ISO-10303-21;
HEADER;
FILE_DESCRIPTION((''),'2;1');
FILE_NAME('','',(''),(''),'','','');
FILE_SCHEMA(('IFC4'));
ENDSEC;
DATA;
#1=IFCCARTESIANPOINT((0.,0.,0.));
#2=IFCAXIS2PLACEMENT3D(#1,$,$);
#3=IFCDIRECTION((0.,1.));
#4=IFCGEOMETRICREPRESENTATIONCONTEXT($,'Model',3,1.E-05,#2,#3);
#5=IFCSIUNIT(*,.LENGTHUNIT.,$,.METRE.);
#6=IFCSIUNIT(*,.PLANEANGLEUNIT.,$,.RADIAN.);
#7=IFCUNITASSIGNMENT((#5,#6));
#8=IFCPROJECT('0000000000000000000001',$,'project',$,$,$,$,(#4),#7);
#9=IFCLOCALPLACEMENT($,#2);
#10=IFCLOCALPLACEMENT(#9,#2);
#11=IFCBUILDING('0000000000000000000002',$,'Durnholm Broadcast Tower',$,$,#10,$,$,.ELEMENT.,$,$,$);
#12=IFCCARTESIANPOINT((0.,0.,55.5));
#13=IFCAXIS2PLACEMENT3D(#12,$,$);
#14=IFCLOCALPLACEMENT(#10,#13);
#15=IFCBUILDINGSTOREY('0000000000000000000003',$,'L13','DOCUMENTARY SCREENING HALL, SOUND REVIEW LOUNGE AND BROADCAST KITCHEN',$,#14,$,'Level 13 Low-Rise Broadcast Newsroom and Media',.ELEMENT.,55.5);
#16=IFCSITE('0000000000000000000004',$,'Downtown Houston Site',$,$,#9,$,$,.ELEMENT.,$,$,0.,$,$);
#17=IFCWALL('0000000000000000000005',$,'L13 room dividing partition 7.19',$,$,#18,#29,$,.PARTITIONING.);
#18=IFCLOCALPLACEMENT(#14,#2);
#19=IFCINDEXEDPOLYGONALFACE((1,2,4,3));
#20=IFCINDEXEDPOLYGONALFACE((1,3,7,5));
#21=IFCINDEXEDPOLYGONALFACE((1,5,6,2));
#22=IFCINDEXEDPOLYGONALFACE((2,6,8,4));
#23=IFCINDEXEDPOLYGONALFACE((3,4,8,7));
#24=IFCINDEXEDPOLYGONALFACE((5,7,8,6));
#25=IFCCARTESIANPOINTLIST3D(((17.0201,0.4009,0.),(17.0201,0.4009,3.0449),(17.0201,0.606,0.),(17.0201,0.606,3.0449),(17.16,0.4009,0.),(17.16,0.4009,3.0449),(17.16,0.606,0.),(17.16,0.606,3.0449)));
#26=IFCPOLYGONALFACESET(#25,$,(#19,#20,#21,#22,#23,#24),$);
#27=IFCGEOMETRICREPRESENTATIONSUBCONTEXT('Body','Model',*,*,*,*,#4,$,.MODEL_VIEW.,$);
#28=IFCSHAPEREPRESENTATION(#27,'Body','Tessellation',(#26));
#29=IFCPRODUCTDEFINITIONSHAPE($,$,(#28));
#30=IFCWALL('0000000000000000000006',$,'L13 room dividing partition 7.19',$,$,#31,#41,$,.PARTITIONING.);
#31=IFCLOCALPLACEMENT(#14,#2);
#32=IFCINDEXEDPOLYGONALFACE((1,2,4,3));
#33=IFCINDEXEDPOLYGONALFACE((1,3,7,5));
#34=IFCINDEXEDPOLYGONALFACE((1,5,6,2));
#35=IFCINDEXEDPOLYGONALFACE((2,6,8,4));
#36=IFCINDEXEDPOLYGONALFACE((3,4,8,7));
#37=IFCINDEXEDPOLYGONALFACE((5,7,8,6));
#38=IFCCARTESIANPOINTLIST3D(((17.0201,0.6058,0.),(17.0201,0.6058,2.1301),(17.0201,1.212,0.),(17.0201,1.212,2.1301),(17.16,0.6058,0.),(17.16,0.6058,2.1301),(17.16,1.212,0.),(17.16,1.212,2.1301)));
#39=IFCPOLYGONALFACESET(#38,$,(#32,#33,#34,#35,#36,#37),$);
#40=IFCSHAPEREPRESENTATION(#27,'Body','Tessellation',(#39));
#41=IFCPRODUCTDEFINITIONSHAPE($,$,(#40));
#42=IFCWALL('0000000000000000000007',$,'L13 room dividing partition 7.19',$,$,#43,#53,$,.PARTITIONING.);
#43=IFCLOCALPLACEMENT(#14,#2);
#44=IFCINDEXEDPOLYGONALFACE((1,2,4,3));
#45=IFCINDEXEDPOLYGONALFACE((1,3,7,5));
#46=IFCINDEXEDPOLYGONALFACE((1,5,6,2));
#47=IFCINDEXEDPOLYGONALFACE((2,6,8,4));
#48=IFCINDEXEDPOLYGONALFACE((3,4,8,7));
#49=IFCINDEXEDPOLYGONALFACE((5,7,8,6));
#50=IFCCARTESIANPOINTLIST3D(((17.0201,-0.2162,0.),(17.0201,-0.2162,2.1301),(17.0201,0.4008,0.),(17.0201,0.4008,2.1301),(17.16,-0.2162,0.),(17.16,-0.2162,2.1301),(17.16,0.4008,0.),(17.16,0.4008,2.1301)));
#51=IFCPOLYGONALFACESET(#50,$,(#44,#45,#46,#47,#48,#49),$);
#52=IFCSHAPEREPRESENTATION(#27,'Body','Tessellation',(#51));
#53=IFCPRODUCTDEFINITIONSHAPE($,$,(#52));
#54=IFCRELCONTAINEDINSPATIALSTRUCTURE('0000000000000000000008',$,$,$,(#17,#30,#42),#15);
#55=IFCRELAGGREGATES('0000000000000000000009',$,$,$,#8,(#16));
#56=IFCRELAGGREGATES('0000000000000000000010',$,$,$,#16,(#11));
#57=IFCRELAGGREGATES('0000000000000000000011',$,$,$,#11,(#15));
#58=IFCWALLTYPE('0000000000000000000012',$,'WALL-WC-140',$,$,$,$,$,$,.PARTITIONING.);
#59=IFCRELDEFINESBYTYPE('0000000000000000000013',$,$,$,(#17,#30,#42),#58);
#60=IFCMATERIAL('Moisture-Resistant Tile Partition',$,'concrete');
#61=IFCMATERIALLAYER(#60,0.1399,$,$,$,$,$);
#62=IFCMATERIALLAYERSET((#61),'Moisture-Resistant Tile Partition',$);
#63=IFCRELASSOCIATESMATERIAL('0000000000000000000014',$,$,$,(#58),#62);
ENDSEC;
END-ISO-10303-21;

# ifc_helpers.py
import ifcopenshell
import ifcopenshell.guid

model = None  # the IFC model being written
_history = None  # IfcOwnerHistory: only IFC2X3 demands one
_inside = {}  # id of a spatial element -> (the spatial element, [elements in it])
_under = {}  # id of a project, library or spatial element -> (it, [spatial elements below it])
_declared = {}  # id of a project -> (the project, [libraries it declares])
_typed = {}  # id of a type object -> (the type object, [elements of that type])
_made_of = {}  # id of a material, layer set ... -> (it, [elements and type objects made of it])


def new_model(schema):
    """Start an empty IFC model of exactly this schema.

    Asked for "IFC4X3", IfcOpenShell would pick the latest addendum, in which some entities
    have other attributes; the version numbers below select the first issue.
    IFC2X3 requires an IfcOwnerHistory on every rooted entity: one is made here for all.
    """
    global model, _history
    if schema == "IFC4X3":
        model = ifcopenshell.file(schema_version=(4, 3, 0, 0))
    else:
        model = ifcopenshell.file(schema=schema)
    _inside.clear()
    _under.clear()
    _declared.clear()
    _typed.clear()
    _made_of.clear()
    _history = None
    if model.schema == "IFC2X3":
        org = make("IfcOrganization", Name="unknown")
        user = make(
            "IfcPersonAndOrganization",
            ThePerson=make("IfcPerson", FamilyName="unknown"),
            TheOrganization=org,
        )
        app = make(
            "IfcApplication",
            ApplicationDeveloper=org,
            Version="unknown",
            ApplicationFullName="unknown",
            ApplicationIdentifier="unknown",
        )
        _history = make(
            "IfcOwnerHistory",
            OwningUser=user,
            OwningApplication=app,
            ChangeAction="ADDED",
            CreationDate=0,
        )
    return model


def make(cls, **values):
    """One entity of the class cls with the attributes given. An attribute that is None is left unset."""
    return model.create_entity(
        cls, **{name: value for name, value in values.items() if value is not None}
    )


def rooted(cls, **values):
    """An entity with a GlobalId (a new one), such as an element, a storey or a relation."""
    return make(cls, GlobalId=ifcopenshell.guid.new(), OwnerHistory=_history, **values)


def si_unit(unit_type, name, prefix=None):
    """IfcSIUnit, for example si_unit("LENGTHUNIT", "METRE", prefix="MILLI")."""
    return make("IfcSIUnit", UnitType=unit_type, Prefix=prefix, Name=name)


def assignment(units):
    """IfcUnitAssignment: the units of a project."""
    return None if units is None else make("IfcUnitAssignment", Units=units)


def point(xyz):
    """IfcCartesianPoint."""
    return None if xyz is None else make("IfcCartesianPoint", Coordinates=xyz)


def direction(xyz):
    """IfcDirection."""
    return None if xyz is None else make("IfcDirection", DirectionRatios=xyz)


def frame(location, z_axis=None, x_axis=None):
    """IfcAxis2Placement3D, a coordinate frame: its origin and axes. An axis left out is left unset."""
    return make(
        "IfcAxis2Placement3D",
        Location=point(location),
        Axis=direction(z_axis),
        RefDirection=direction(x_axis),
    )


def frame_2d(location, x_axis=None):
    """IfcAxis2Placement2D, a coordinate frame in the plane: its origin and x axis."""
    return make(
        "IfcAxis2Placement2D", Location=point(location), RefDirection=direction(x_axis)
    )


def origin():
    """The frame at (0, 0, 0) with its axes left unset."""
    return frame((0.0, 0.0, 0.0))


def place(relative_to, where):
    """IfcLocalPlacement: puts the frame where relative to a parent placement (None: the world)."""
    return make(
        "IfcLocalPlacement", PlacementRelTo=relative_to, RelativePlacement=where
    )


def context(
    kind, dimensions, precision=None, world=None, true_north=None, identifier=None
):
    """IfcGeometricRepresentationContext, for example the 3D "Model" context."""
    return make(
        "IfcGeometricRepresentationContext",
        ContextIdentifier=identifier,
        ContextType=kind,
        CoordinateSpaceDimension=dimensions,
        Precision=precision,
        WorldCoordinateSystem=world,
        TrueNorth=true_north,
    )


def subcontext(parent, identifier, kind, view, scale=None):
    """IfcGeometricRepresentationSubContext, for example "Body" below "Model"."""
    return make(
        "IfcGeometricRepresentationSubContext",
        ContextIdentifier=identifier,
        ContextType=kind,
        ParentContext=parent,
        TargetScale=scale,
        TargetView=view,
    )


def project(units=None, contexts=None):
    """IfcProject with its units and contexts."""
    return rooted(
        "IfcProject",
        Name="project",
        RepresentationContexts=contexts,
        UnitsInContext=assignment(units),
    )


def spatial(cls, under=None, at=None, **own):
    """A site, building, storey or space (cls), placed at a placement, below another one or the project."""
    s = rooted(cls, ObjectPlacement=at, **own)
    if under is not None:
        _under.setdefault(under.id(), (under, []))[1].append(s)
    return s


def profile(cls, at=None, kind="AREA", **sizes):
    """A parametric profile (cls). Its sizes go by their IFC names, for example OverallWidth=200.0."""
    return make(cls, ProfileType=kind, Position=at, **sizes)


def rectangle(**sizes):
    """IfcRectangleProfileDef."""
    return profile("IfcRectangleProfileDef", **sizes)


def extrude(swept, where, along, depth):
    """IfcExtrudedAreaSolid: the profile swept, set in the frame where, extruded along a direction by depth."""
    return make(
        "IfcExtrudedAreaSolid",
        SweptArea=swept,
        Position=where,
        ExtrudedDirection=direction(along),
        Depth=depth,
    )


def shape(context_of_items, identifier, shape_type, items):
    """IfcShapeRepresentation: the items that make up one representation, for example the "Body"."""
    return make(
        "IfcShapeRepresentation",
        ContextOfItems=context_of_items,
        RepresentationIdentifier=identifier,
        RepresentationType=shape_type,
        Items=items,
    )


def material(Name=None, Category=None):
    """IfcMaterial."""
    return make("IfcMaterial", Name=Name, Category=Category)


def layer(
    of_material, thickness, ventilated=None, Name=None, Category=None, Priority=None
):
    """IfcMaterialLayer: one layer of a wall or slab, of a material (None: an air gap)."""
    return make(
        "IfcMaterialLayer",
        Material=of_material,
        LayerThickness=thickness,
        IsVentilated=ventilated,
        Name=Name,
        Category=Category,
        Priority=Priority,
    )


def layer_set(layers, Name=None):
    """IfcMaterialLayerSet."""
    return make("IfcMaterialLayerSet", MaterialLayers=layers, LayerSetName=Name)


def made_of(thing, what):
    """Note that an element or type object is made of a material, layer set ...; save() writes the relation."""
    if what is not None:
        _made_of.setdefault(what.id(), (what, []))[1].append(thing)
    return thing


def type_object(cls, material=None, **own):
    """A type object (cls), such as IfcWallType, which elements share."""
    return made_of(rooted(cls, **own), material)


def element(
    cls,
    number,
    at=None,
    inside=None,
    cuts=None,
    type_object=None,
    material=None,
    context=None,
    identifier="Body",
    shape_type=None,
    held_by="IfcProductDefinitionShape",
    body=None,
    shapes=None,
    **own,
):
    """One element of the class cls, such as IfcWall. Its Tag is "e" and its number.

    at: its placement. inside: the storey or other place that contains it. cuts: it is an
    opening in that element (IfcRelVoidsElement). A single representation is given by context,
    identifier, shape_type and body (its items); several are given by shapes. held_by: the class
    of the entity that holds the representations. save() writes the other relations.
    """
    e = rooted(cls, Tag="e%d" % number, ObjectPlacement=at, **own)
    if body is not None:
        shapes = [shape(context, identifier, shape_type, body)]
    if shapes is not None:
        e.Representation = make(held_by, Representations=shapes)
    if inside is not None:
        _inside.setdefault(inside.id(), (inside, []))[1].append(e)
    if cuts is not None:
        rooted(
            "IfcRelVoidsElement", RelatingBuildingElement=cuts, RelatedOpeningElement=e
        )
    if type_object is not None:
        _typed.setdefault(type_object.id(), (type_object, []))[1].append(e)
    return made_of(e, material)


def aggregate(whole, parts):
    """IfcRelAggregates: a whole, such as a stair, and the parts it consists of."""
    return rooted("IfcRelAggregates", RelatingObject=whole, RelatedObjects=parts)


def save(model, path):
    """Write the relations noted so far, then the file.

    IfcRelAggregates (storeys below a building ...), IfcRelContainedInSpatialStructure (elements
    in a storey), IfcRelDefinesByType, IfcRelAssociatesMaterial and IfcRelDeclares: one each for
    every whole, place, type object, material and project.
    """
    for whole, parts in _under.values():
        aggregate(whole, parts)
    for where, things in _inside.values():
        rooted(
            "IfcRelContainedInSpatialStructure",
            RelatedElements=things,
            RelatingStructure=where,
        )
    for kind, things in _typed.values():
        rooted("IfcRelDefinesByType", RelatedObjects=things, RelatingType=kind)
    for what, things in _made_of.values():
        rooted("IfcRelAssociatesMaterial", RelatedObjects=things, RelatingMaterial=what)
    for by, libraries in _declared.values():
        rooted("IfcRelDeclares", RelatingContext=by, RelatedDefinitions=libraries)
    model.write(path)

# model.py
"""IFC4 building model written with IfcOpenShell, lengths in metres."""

from ifc_helpers import new_model, si_unit, direction, frame, frame_2d, origin, place, context, subcontext, project, spatial, rectangle, extrude, material, layer, layer_set, type_object, element, save


model = new_model("IFC4")

# Units and contexts
model_context = context("Model", 3, precision=1e-05, world=origin(), true_north=direction((0.0, 1.0)))
body_context = subcontext(model_context, "Body", "Model", "MODEL_VIEW")
ifc_project = project(units=[si_unit("LENGTHUNIT", "METRE"), si_unit("PLANEANGLEUNIT", "RADIAN")], contexts=[model_context])

# Site, building, storey
site_placement = place(None, origin())
site = spatial("IfcSite", under=ifc_project, at=site_placement, Name="Downtown Houston Site", CompositionType="ELEMENT", RefElevation=0.0)
building_placement = place(site_placement, origin())
building = spatial("IfcBuilding", under=site, at=building_placement, Name="Durnholm Broadcast Tower", CompositionType="ELEMENT")
storey_placement = place(building_placement, frame((0.0, 0.0, 55.5)))
storey = spatial("IfcBuildingStorey", under=building, at=storey_placement, Name="L13", Description="DOCUMENTARY SCREENING HALL, SOUND REVIEW LOUNGE AND BROADCAST KITCHEN", LongName="Level 13 Low-Rise Broadcast Newsroom and Media", CompositionType="ELEMENT", Elevation=55.5)

# Walls
ifc_material_1 = material(Name="Moisture-Resistant Tile Partition", Category="concrete")
ifc_layer_1 = layer(ifc_material_1, 0.1399)
ifc_layer_set_1 = layer_set([ifc_layer_1], Name="Moisture-Resistant Tile Partition")
wall_type_1 = type_object("IfcWallType", Name="WALL-WC-140", PredefinedType="PARTITIONING", material=ifc_layer_set_1)
wall_1_placement = place(storey_placement, frame((17.0901, 0.606, 0.0), z_axis=(0.0, 0.0, 1.0), x_axis=(0.0, -1.0, 0.0)))
element("IfcWall", 1, at=wall_1_placement, inside=storey, type_object=wall_type_1, Name="L13 room dividing partition 7.19", PredefinedType="PARTITIONING", context=body_context, shape_type="SweptSolid", body=[
    extrude(rectangle(XDim=0.2051, YDim=0.1399, at=frame_2d((0.1025, 0.0))), origin(), (0.0, 0.0, 1.0), 3.0449),
])
wall_2_placement = place(storey_placement, frame((17.0901, 1.2122, 0.0), z_axis=(0.0, 0.0, 1.0), x_axis=(0.0, -1.0, 0.0)))
element("IfcWall", 2, at=wall_2_placement, inside=storey, type_object=wall_type_1, Name="L13 room dividing partition 7.19", PredefinedType="PARTITIONING", context=body_context, shape_type="SweptSolid", body=[
    extrude(rectangle(XDim=0.6062, YDim=0.1399, at=frame_2d((0.3032, 0.0))), origin(), (0.0, 0.0, 1.0), 2.1301),
])
wall_3_placement = place(storey_placement, frame((17.0901, 0.4009, 0.0), z_axis=(0.0, 0.0, 1.0), x_axis=(0.0, -1.0, 0.0)))
element("IfcWall", 3, at=wall_3_placement, inside=storey, type_object=wall_type_1, Name="L13 room dividing partition 7.19", PredefinedType="PARTITIONING", context=body_context, shape_type="SweptSolid", body=[
    extrude(rectangle(XDim=0.6169, YDim=0.1399, at=frame_2d((0.3086, 0.0))), origin(), (0.0, 0.0, 1.0), 2.1301),
])

save(model, "model.ifc")
